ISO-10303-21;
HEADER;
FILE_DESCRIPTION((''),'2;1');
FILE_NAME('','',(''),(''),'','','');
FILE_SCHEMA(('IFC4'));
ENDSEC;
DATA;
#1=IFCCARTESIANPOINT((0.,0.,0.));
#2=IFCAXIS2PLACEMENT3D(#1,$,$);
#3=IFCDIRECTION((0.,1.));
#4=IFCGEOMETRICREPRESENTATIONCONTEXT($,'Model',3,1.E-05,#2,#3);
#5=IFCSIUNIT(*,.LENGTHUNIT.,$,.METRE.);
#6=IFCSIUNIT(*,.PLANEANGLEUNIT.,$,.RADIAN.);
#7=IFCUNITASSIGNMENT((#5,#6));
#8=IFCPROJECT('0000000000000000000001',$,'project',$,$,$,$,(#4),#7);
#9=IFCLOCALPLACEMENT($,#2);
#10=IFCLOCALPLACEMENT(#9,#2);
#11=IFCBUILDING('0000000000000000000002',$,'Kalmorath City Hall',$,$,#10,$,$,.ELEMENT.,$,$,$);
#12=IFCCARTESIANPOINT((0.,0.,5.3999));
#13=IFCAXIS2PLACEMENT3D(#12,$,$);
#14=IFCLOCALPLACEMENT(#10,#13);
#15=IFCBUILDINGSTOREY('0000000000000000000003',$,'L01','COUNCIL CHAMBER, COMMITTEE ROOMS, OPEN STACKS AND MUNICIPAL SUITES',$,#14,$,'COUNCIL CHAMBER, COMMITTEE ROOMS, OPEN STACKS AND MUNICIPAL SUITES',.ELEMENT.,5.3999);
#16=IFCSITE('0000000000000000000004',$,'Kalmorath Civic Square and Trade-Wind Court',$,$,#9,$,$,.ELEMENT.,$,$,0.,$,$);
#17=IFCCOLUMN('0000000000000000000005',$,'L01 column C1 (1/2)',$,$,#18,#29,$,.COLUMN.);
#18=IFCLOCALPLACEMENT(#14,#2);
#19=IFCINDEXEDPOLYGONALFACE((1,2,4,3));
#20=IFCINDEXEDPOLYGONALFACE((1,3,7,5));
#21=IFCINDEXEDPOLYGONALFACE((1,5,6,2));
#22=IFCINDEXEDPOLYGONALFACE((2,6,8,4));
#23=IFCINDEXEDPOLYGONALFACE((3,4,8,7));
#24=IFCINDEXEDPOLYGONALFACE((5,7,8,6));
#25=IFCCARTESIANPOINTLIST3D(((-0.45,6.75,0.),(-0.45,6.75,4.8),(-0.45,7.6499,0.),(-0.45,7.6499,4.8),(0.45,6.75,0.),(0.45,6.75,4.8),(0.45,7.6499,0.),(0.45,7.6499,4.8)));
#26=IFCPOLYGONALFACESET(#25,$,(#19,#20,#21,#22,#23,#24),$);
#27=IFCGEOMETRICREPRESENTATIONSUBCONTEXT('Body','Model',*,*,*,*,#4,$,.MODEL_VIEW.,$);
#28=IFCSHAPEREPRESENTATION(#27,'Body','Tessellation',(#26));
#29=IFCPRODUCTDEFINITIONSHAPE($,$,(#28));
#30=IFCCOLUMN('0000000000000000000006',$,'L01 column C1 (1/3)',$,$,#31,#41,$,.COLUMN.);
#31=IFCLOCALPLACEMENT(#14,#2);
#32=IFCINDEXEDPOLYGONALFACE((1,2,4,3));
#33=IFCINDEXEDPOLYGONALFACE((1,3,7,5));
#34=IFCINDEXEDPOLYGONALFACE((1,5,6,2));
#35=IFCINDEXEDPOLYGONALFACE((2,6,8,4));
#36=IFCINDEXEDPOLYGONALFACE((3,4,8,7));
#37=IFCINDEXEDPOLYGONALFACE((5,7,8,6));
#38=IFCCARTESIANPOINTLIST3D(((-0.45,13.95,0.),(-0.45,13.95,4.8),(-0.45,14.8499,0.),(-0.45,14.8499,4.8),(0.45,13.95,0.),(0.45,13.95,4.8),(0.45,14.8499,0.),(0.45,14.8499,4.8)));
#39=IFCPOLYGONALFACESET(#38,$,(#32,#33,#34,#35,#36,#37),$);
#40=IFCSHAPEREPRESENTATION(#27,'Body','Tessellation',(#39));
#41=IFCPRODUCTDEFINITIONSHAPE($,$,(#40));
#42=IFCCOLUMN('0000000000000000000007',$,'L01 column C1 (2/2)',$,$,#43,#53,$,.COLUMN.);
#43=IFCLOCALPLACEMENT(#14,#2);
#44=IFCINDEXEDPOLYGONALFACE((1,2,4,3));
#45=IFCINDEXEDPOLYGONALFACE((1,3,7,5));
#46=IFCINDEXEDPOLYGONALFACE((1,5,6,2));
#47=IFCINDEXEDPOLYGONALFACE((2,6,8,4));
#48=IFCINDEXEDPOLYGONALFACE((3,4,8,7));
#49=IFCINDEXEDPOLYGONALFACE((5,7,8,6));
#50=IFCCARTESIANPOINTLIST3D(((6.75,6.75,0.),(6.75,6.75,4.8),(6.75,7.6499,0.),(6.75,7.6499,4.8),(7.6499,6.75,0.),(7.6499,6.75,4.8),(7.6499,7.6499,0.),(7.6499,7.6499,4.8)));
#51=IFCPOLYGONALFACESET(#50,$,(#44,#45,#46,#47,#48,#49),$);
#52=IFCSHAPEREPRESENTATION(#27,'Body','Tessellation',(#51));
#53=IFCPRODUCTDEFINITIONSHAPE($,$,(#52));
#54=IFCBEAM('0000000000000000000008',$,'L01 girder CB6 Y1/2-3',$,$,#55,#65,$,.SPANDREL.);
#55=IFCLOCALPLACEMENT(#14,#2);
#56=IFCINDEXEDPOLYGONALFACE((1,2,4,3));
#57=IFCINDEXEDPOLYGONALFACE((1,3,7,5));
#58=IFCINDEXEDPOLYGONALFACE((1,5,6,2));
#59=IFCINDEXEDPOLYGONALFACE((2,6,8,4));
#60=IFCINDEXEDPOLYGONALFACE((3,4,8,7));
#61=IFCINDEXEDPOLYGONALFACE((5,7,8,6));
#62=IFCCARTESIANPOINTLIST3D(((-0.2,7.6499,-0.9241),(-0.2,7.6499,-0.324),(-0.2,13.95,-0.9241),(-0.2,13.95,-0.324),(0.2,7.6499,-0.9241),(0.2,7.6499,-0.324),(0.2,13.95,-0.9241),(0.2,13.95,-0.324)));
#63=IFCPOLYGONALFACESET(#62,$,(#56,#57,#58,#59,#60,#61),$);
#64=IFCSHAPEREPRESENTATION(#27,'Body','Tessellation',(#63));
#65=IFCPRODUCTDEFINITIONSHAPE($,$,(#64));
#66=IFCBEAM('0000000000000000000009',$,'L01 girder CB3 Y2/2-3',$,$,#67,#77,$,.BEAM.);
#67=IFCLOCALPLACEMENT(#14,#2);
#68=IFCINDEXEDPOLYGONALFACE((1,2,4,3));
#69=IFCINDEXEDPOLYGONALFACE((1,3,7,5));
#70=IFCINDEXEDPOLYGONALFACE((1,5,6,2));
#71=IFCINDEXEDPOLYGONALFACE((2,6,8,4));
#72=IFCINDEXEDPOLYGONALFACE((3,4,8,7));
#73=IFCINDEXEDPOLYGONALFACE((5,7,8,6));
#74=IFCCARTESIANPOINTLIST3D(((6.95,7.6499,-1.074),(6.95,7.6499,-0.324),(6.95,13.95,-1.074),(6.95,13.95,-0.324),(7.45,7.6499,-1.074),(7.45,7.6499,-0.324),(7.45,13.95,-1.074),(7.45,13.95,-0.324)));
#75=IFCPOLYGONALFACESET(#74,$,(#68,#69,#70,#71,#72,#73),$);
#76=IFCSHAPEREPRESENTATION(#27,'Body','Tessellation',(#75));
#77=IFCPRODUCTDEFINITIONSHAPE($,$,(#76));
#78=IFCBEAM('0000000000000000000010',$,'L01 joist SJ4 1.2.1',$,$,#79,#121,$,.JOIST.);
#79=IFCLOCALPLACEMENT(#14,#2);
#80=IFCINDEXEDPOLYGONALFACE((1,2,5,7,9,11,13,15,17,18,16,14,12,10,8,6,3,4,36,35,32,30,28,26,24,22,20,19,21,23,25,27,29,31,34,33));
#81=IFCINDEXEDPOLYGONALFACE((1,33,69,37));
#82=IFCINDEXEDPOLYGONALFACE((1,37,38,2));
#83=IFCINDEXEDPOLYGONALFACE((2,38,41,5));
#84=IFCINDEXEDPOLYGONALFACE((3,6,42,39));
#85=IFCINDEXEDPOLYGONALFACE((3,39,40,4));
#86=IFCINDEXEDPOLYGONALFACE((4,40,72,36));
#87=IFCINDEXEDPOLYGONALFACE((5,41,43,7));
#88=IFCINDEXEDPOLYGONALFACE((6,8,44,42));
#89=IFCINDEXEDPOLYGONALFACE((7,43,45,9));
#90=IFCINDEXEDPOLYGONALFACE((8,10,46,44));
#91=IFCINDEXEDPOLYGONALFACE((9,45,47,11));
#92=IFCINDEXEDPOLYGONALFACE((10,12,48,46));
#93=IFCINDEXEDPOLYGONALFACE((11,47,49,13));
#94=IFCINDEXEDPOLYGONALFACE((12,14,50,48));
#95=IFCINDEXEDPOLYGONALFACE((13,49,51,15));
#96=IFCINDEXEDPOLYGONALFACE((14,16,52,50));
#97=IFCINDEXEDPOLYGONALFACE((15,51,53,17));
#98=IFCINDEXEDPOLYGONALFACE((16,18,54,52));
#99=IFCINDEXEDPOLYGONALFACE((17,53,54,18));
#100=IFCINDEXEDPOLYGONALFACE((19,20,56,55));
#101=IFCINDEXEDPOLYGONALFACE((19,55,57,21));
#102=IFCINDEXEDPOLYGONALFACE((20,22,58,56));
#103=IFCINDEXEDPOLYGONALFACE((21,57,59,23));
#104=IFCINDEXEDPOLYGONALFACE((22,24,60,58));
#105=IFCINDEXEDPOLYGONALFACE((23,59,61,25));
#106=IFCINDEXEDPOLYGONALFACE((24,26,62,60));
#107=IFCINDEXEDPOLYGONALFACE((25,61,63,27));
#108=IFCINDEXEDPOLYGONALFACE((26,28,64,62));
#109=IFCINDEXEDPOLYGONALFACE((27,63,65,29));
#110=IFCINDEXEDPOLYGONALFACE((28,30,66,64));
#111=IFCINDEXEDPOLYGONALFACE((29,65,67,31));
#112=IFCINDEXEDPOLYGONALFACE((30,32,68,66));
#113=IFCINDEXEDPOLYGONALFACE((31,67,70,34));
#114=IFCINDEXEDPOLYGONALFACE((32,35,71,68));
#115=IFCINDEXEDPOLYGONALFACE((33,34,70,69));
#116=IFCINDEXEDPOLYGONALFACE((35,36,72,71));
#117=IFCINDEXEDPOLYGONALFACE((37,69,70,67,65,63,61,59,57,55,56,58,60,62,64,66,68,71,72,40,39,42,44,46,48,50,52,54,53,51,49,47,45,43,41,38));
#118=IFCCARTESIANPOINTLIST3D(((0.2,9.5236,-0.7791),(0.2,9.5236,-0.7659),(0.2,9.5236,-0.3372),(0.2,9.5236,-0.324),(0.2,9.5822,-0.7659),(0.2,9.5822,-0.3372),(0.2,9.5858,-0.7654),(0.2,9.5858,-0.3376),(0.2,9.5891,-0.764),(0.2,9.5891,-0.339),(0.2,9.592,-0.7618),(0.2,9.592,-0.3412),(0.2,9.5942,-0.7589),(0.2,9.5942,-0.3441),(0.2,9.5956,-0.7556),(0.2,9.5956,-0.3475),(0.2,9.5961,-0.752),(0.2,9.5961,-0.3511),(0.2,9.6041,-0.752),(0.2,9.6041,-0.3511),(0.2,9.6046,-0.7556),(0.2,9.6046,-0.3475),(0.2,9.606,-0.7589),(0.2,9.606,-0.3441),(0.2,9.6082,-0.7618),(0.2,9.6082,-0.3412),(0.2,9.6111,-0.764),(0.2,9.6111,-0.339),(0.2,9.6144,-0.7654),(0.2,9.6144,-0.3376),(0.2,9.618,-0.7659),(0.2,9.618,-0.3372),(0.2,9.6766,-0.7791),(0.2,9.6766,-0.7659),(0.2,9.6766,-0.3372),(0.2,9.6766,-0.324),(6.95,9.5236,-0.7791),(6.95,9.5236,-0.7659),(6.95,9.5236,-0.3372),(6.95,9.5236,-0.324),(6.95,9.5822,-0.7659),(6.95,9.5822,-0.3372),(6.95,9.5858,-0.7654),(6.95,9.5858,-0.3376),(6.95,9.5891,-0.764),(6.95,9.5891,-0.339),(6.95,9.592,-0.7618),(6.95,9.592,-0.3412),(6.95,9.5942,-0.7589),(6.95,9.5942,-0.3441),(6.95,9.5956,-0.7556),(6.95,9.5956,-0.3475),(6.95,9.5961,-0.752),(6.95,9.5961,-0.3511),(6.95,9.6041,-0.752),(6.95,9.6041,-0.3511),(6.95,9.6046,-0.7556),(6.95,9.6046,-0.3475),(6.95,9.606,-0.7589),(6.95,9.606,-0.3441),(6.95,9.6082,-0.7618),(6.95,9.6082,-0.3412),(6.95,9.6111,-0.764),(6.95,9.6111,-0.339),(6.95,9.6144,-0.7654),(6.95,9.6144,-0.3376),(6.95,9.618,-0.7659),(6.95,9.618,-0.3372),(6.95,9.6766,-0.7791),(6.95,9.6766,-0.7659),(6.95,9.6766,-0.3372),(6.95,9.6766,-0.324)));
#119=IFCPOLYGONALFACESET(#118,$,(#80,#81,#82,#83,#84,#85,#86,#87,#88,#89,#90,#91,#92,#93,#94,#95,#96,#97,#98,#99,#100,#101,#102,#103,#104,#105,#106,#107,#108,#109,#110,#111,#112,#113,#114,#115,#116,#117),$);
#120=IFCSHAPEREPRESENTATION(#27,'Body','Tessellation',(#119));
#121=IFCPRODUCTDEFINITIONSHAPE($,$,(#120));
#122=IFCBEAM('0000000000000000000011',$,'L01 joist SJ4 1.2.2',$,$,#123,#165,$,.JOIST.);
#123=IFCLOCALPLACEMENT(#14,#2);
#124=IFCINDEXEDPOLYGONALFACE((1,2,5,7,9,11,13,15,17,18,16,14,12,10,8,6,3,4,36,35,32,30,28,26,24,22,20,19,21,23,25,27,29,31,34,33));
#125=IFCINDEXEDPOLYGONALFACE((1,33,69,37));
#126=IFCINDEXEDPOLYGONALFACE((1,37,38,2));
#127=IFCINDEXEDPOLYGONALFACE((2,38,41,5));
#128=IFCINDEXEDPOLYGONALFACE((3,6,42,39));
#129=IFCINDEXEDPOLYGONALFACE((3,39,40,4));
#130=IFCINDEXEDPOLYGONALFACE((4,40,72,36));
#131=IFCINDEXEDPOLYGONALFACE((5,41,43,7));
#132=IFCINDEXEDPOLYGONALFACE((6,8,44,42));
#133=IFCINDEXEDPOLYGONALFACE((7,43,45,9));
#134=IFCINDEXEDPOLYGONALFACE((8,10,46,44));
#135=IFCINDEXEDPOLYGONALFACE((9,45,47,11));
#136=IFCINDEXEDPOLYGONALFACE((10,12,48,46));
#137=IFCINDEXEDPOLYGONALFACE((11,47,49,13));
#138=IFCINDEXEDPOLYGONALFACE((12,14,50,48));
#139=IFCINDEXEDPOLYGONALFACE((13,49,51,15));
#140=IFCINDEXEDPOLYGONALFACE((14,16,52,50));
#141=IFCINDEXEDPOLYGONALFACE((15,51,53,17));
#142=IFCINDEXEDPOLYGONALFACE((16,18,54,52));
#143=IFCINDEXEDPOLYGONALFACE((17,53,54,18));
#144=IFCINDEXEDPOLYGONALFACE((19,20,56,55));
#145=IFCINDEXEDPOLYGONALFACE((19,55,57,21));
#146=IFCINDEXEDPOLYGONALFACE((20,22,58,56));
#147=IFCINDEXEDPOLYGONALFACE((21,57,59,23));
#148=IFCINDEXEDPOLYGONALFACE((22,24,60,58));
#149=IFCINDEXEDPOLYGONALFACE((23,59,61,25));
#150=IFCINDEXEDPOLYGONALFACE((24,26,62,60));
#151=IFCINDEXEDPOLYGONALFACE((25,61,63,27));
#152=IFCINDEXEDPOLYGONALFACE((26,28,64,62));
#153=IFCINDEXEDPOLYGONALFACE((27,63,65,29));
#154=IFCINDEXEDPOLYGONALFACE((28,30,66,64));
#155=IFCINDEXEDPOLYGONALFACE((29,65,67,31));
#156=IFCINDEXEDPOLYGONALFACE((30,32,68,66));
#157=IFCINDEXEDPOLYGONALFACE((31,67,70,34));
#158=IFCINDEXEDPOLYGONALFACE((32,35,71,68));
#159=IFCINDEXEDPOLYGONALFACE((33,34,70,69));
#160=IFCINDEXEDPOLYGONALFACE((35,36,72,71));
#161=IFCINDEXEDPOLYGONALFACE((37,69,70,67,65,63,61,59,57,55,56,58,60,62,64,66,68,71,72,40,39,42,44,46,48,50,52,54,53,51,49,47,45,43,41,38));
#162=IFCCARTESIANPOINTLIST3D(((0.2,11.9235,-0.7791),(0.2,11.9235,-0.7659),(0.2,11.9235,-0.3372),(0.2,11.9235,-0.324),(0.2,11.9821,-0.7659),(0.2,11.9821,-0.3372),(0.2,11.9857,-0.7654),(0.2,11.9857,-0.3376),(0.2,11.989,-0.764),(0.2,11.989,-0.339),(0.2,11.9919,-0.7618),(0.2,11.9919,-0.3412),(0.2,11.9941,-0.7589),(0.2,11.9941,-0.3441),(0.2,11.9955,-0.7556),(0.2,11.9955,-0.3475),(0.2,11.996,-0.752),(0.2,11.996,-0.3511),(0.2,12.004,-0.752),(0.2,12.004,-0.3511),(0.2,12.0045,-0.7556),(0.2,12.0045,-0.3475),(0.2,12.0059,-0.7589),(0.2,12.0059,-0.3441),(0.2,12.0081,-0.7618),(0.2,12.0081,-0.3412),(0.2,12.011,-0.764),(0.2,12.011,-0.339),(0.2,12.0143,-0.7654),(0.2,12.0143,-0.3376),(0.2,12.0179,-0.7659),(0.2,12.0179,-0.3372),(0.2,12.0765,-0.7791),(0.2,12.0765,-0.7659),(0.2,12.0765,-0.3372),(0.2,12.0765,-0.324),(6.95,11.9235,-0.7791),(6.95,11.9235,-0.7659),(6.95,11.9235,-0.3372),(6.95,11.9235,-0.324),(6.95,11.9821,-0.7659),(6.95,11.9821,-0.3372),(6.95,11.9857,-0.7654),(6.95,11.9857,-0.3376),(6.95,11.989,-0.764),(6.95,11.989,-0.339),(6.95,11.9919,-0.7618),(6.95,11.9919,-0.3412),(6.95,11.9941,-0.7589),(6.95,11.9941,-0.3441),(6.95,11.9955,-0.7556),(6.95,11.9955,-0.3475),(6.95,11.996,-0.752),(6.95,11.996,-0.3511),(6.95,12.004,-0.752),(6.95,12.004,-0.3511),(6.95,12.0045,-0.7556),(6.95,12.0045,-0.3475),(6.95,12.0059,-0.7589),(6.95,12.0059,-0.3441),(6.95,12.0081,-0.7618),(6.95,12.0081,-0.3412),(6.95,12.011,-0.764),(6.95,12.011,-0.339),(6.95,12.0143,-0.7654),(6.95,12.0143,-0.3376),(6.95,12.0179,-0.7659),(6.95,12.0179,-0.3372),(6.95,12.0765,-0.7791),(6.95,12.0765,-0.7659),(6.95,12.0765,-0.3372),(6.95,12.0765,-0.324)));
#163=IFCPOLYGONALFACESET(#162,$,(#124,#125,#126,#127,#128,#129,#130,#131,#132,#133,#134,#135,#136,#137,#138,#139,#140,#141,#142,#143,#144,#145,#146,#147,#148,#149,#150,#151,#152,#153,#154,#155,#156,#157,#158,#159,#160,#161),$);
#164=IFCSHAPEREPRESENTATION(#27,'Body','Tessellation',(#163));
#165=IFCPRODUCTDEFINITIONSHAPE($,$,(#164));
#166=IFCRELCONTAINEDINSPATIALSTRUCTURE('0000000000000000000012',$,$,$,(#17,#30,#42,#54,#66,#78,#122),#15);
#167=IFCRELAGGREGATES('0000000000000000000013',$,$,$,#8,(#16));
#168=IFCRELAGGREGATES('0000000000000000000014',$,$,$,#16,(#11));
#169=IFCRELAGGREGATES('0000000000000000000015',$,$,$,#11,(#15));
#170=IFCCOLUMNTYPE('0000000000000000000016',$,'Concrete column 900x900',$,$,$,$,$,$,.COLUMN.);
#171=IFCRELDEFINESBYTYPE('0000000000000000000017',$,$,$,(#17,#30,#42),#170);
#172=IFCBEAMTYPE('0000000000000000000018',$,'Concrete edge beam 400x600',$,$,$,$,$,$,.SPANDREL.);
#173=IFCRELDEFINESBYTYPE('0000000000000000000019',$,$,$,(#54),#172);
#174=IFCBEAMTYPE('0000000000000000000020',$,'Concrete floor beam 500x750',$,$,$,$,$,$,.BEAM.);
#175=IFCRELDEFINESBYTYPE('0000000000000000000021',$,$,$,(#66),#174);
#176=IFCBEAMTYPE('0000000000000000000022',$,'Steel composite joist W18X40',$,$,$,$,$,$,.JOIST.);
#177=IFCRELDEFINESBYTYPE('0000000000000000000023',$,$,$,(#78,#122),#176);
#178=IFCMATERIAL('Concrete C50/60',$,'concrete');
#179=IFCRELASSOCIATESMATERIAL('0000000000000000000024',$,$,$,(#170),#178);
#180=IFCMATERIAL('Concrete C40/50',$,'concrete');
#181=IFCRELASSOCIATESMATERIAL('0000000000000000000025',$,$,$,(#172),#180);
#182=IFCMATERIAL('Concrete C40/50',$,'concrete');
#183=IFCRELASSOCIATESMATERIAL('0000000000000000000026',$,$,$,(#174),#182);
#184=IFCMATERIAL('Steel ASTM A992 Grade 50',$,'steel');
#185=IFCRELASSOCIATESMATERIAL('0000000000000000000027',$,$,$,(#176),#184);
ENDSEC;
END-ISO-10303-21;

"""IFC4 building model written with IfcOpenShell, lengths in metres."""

from ifc_helpers import new_model, si_unit, direction, frame, origin, origin_2d, place, context, subcontext, project, spatial, rectangle, i_section, extrude, material, material_profile, profile_set, type_object, element, save


model = new_model("IFC4")

# Units and contexts
model_context = context("Model", 3, precision=1e-05, world=origin(), true_north=direction((0.0, 1.0)))
body_context = subcontext(model_context, "Body", "Model", "MODEL_VIEW")
ifc_project = project(units=[si_unit("LENGTHUNIT", "METRE"), si_unit("PLANEANGLEUNIT", "RADIAN")], contexts=[model_context])

# Site, building, storey
site_placement = place(None, origin())
site = spatial("IfcSite", under=ifc_project, at=site_placement, Name="Kalmorath Civic Square and Trade-Wind Court", CompositionType="ELEMENT", RefElevation=0.0)
building_placement = place(site_placement, origin())
building = spatial("IfcBuilding", under=site, at=building_placement, Name="Kalmorath City Hall", CompositionType="ELEMENT")
storey_placement = place(building_placement, frame((0.0, 0.0, 5.3999)))
storey = spatial("IfcBuildingStorey", under=building, at=storey_placement, Name="L01", Description="COUNCIL CHAMBER, COMMITTEE ROOMS, OPEN STACKS AND MUNICIPAL SUITES", LongName="COUNCIL CHAMBER, COMMITTEE ROOMS, OPEN STACKS AND MUNICIPAL SUITES", CompositionType="ELEMENT", Elevation=5.3999)

# Columns
ifc_material_1 = material(Name="Concrete C50/60", Category="concrete")
ifc_material_profile_1 = material_profile(ifc_material_1, rectangle(XDim=0.8999, YDim=0.8999, at=origin_2d()), Name="RC-COL-900X900")
ifc_profile_set_1 = profile_set([ifc_material_profile_1], Name="Concrete C50/60")
column_type = type_object("IfcColumnType", Name="Concrete column 900x900", PredefinedType="COLUMN", material=ifc_profile_set_1)
for number, where, z_axis, x_axis, name in (
    (1, (0.0, 7.2, 0.0), (0.0, 0.0, 1.0), (1.0, 0.0, 0.0), "L01 column C1 (1/2)"),
    (2, (0.0, 14.3999, 0.0), (0.0, 0.0, 1.0), (1.0, 0.0, 0.0), "L01 column C1 (1/3)"),
    (3, (7.2, 7.2, 0.0), (0.0, 0.0, 1.0), (1.0, 0.0, 0.0), "L01 column C1 (2/2)"),
):
    element("IfcColumn", number, at=place(storey_placement, frame(where, z_axis=z_axis, x_axis=x_axis)), inside=storey, type_object=column_type, Name=name, PredefinedType="COLUMN", context=body_context, shape_type="SweptSolid", body=[
        extrude(rectangle(XDim=0.8999, YDim=0.8999, at=origin_2d()), origin(), (0.0, 0.0, 1.0), 4.8),
    ])

# Beams
ifc_material_2 = material(Name="Concrete C40/50", Category="concrete")
ifc_material_profile_2 = material_profile(ifc_material_2, rectangle(XDim=0.3999, YDim=0.6001, at=origin_2d()), Name="RC-BM-400X600")
ifc_profile_set_2 = profile_set([ifc_material_profile_2], Name="Concrete C40/50")
beam_type_1 = type_object("IfcBeamType", Name="Concrete edge beam 400x600", PredefinedType="SPANDREL", material=ifc_profile_set_2)
beam_1_placement = place(storey_placement, frame((0.0, 7.6499, -0.624), z_axis=(0.0, 1.0, 0.0), x_axis=(-1.0, 0.0, 0.0)))
element("IfcBeam", 4, at=beam_1_placement, inside=storey, type_object=beam_type_1, Name="L01 girder CB6 Y1/2-3", PredefinedType="SPANDREL", context=body_context, shape_type="SweptSolid", body=[
    extrude(rectangle(XDim=0.3999, YDim=0.6001, at=origin_2d()), origin(), (0.0, 0.0, 1.0), 6.3),
])
ifc_material_3 = material(Name="Concrete C40/50", Category="concrete")
ifc_material_profile_3 = material_profile(ifc_material_3, rectangle(XDim=0.5, YDim=0.75, at=origin_2d()), Name="RC-BM-500X750")
ifc_profile_set_3 = profile_set([ifc_material_profile_3], Name="Concrete C40/50")
beam_type_2 = type_object("IfcBeamType", Name="Concrete floor beam 500x750", PredefinedType="BEAM", material=ifc_profile_set_3)
beam_2_placement = place(storey_placement, frame((7.2, 7.6499, -0.699), z_axis=(0.0, 1.0, 0.0), x_axis=(-1.0, 0.0, 0.0)))
element("IfcBeam", 5, at=beam_2_placement, inside=storey, type_object=beam_type_2, Name="L01 girder CB3 Y2/2-3", PredefinedType="BEAM", context=body_context, shape_type="SweptSolid", body=[
    extrude(rectangle(XDim=0.5, YDim=0.75, at=origin_2d()), origin(), (0.0, 0.0, 1.0), 6.3),
])
ifc_material_4 = material(Name="Steel ASTM A992 Grade 50", Category="steel")
ifc_material_profile_4 = material_profile(ifc_material_4, i_section(OverallWidth=0.1531, OverallDepth=0.4551, WebThickness=0.0081, FlangeThickness=0.0132, FilletRadius=0.0139, at=origin_2d()), Name="W18X40")
ifc_profile_set_4 = profile_set([ifc_material_profile_4], Name="Steel ASTM A992 Grade 50")
beam_type_3 = type_object("IfcBeamType", Name="Steel composite joist W18X40", PredefinedType="JOIST", material=ifc_profile_set_4)
for number, where, z_axis, x_axis, name in (
    (6, (0.2, 9.6001, -0.5515), (1.0, 0.0, 0.0), (0.0, 1.0, 0.0), "L01 joist SJ4 1.2.1"),
    (7, (0.2, 12.0, -0.5515), (1.0, 0.0, 0.0), (0.0, 1.0, 0.0), "L01 joist SJ4 1.2.2"),
):
    element("IfcBeam", number, at=place(storey_placement, frame(where, z_axis=z_axis, x_axis=x_axis)), inside=storey, type_object=beam_type_3, Name=name, PredefinedType="JOIST", context=body_context, shape_type="SweptSolid", body=[
        extrude(i_section(OverallWidth=0.1531, OverallDepth=0.4551, WebThickness=0.0081, FlangeThickness=0.0132, FilletRadius=0.0139, at=origin_2d()), origin(), (0.0, 0.0, 1.0), 6.75),
    ])

save(model, "model.ifc")
